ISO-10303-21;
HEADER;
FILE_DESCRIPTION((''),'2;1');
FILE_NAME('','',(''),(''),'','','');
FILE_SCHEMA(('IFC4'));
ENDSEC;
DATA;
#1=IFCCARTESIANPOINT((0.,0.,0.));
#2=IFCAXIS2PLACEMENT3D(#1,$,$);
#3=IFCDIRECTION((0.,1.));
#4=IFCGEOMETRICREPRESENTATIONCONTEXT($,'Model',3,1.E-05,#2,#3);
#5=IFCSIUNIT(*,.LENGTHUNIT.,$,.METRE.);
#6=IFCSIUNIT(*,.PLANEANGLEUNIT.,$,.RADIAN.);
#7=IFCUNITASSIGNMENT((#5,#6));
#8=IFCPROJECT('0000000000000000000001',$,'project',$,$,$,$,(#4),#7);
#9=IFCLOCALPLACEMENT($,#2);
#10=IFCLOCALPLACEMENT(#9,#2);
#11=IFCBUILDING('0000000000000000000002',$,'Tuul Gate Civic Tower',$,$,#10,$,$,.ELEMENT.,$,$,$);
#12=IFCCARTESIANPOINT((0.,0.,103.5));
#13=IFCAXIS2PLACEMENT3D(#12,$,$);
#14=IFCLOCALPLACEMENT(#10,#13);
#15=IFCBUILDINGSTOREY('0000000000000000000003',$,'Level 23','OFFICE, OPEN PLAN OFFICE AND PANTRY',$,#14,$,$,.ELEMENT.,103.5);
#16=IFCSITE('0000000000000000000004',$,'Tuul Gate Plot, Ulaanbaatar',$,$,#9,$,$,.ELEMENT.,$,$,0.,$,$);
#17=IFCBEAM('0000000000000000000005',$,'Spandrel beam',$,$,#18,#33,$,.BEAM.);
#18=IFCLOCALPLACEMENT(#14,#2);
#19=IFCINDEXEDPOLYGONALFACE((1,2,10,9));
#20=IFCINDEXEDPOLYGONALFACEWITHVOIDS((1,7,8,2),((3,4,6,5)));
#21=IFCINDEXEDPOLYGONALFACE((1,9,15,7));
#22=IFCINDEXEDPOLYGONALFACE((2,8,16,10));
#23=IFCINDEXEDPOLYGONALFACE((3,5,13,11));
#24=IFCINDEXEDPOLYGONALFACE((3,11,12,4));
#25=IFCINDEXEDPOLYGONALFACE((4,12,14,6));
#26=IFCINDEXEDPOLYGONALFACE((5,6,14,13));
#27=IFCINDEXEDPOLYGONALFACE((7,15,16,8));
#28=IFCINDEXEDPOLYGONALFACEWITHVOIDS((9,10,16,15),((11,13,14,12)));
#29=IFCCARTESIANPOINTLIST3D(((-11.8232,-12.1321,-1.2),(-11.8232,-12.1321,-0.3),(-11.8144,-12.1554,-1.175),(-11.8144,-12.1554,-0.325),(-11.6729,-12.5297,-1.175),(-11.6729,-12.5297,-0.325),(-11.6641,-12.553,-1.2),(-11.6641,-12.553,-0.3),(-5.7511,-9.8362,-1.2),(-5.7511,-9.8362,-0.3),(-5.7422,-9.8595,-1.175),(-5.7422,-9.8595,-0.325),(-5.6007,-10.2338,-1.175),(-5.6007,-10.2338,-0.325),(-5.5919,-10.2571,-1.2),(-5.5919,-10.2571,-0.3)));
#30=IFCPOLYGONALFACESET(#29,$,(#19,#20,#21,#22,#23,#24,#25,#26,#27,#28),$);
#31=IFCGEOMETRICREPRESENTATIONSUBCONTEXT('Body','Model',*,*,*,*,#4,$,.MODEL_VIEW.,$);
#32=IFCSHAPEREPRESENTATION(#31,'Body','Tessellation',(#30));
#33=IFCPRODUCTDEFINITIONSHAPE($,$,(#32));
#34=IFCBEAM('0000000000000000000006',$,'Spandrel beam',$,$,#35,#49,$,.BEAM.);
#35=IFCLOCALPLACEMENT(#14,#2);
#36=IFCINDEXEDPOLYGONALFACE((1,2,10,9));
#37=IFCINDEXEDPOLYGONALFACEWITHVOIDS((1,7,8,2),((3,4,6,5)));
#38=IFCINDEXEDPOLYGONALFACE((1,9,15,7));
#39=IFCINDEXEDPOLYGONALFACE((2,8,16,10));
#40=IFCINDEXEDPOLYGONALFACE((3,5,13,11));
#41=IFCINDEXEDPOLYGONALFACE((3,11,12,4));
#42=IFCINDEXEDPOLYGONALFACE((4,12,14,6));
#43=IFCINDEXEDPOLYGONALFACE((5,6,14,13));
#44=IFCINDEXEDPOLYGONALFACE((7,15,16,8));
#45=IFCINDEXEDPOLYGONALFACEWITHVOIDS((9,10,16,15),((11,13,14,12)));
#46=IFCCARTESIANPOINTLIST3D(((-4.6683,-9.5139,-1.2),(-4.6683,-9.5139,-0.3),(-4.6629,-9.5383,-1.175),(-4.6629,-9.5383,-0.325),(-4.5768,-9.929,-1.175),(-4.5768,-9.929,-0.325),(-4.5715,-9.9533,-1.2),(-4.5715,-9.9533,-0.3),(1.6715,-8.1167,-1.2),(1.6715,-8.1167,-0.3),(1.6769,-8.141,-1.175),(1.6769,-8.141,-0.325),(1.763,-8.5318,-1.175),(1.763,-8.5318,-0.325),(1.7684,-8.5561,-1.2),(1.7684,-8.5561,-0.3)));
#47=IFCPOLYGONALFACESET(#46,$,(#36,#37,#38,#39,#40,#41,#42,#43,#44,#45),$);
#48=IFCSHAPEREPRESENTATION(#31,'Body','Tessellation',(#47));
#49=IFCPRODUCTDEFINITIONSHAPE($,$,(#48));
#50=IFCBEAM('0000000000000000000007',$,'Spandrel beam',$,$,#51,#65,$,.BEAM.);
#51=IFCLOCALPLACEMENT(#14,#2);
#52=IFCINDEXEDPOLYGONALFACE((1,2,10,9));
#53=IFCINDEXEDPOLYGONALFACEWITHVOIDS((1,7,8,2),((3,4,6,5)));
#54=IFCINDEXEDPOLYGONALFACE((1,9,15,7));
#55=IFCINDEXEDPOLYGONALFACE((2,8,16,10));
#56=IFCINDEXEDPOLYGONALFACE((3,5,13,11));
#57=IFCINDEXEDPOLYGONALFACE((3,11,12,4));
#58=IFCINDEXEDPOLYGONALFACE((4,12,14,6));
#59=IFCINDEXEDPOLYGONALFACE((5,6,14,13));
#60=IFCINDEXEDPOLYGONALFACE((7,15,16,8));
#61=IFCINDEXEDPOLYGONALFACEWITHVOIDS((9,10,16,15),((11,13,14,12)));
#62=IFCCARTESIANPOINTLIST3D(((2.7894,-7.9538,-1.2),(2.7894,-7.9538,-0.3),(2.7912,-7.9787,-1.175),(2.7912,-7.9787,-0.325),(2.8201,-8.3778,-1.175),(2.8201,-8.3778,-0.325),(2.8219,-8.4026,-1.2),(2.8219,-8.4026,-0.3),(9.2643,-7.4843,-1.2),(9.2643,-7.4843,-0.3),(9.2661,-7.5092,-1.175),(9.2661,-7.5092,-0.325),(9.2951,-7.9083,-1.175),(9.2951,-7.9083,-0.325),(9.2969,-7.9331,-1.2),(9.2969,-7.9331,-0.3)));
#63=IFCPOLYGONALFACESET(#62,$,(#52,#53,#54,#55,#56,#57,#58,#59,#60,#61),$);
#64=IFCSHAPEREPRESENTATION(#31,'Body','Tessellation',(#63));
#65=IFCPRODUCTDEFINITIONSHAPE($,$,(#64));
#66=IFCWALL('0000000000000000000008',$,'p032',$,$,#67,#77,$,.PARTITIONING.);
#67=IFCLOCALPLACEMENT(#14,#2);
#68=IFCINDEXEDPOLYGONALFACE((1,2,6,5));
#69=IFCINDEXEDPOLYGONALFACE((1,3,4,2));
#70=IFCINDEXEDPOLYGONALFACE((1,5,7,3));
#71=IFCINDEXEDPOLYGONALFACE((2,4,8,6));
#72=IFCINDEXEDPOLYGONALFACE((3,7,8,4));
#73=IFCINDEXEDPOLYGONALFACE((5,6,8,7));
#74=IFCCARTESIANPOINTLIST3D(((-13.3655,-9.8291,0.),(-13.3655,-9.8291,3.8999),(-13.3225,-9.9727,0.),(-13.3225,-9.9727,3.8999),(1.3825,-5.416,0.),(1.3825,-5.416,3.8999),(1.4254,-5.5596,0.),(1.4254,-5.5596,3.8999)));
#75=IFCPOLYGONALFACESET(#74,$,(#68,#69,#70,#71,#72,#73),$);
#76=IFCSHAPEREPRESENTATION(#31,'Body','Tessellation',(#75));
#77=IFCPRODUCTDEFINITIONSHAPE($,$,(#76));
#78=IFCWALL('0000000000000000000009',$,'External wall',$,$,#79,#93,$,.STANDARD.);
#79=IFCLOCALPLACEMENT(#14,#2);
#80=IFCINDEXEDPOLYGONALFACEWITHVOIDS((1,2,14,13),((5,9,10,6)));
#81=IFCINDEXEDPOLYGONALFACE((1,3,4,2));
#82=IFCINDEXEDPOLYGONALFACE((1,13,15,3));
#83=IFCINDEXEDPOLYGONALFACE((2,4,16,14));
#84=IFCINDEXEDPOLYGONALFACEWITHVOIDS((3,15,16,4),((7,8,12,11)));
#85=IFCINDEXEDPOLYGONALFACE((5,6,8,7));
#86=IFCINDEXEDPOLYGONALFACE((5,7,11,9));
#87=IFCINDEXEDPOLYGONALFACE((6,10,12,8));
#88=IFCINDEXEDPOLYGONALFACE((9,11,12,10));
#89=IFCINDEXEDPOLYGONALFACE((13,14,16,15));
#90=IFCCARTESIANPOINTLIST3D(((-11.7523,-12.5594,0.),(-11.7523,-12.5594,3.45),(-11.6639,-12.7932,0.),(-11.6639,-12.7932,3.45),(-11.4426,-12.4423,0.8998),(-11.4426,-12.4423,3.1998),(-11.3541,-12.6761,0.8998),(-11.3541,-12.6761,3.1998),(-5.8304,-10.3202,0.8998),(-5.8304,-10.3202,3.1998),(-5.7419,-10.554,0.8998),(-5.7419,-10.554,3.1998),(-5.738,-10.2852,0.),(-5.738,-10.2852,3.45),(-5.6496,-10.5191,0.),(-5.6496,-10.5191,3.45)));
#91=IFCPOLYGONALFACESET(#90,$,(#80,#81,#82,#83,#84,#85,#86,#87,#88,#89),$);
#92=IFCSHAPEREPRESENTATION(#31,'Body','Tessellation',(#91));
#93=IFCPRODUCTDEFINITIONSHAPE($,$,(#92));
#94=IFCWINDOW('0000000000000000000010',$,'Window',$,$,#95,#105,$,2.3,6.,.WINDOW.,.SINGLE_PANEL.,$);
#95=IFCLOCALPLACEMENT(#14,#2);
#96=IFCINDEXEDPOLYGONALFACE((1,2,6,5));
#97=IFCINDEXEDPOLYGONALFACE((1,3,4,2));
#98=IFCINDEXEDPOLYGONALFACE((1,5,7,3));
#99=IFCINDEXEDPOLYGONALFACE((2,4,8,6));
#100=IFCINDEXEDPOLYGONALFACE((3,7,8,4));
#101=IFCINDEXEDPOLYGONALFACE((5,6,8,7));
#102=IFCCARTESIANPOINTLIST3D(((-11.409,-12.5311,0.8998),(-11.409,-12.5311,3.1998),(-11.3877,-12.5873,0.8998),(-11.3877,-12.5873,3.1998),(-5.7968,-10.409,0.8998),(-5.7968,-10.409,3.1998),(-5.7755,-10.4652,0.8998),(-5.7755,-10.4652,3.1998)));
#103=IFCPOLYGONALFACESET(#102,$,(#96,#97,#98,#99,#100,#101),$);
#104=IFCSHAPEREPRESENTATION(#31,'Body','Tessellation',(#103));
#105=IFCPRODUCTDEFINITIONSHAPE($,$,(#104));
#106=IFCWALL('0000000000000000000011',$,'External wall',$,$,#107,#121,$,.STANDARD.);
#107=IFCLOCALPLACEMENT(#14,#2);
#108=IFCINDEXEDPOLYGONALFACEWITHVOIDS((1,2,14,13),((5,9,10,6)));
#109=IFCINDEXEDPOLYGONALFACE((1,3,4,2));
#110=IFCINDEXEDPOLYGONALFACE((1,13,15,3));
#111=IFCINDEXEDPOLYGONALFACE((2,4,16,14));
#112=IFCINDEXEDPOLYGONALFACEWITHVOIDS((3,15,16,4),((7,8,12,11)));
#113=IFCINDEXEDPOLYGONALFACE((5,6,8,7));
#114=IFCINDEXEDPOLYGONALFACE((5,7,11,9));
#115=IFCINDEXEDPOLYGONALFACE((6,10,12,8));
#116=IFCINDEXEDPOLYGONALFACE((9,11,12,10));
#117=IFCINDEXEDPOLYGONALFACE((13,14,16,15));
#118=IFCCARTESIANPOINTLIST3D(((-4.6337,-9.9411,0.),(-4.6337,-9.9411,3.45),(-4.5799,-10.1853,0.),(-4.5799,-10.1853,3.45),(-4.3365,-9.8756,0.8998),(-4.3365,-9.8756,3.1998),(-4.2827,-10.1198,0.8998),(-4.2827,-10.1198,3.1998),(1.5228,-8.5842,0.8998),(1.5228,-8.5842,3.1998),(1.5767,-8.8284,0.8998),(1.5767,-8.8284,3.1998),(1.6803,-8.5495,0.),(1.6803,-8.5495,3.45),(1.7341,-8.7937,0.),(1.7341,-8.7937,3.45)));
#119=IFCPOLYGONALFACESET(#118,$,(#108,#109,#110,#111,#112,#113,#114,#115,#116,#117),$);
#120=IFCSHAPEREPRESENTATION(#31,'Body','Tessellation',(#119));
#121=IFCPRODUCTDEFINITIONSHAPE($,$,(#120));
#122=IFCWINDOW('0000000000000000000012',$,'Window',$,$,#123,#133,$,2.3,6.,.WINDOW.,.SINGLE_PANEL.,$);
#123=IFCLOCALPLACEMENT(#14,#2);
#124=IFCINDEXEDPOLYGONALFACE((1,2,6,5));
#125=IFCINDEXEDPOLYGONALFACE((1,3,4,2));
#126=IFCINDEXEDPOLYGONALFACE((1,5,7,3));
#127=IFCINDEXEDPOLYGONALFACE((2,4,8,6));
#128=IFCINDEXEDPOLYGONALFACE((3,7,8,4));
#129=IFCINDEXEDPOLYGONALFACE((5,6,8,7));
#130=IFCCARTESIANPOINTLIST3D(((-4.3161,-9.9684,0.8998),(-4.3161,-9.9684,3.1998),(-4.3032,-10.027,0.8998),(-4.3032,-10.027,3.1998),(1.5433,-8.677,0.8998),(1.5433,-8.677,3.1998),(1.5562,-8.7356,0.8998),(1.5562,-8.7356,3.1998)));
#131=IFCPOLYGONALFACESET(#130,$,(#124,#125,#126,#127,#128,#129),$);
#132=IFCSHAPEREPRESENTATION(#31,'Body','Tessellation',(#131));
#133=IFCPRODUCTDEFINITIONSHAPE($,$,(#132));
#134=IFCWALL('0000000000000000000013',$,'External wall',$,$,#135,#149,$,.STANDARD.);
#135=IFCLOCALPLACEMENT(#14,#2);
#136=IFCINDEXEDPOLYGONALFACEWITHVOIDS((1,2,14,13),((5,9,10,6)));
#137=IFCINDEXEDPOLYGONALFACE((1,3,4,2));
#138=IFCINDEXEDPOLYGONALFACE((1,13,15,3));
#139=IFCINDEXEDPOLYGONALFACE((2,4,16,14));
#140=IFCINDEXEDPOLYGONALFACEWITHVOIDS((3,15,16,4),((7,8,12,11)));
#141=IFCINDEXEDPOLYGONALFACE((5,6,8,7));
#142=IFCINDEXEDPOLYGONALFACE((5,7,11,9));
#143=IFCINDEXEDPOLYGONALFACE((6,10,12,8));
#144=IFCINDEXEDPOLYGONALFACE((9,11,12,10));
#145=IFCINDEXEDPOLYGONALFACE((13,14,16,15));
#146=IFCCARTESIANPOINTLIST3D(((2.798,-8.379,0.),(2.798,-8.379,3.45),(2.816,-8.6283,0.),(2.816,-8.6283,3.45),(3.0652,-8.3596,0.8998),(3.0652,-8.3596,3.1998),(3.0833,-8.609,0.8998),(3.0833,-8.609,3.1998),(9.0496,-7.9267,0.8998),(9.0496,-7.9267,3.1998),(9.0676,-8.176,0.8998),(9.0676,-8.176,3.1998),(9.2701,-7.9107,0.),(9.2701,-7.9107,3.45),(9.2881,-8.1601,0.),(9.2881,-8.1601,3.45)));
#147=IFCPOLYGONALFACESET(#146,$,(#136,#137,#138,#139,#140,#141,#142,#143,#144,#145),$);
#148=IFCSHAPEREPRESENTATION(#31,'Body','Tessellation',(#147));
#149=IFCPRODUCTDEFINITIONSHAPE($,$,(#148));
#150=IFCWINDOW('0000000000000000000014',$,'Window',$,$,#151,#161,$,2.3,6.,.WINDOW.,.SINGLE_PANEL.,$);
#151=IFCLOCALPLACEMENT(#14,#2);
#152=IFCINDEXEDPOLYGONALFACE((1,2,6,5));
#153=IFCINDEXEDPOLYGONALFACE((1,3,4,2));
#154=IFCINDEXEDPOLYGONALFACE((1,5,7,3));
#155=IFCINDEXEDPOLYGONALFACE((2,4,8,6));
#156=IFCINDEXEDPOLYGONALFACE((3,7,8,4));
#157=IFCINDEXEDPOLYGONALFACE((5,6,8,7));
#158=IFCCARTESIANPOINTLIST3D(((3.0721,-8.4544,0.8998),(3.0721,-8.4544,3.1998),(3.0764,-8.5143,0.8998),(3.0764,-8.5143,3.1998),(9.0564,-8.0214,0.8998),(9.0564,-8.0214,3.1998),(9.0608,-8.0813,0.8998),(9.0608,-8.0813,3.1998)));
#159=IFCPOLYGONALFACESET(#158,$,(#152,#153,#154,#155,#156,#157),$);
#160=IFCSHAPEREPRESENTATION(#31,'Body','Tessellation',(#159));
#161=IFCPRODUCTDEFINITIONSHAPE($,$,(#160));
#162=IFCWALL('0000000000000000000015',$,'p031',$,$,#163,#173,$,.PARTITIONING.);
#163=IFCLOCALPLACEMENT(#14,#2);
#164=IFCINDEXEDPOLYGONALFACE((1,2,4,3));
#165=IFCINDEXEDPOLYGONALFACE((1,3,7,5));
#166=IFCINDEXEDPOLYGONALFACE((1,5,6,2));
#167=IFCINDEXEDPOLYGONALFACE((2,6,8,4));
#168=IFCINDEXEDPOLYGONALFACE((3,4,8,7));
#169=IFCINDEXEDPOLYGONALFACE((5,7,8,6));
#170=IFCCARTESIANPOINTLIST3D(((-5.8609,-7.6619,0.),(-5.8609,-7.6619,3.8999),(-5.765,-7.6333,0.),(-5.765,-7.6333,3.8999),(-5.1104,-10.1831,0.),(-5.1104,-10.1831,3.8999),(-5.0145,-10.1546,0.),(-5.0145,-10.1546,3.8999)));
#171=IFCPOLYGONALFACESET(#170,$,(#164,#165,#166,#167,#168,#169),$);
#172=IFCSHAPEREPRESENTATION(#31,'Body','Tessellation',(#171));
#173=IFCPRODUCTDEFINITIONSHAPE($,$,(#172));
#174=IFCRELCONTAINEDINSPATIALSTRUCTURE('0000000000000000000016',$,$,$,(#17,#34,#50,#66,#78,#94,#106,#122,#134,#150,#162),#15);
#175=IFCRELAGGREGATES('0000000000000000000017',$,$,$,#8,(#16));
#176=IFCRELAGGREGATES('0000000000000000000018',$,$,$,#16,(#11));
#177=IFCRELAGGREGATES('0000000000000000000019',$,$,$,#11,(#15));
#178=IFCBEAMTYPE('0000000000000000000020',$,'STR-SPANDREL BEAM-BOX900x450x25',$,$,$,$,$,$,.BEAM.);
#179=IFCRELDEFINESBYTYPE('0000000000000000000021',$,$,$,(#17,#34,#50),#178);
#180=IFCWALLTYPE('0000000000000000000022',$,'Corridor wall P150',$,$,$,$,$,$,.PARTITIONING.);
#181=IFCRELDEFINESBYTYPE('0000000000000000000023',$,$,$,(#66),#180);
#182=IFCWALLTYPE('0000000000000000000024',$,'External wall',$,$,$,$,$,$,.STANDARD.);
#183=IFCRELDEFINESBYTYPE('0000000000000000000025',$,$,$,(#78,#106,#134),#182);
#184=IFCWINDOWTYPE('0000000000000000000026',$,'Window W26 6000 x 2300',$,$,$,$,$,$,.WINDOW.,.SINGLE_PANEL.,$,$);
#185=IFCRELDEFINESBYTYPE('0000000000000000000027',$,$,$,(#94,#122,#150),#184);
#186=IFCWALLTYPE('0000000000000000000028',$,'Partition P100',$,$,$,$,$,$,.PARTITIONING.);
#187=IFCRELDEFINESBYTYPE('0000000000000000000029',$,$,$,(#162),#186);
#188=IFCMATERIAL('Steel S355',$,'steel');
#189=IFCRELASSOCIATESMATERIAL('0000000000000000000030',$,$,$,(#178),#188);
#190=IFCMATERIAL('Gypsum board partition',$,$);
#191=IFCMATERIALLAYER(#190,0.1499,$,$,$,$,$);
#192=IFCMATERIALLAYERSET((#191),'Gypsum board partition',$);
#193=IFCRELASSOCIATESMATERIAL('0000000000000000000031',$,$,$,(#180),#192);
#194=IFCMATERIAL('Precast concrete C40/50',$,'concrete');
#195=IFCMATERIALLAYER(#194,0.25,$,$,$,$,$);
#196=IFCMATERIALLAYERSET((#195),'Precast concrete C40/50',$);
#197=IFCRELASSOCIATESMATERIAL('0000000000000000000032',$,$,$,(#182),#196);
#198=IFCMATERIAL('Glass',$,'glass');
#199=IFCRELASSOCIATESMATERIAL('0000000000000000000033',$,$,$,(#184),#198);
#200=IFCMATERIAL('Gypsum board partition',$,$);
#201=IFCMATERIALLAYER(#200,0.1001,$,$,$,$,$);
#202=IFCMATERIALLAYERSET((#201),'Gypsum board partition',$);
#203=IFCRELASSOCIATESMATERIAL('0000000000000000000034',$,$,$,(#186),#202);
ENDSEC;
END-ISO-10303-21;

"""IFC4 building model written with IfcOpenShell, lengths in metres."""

from ifc_helpers import new_model, si_unit, direction, frame, frame_2d, origin, origin_2d, place, context, subcontext, project, spatial, rectangle, hollow_rectangle, extrude, material, layer, layer_set, material_profile, profile_set, type_object, element, fill, save


model = new_model("IFC4")

# Units and contexts
model_context = context("Model", 3, precision=1e-05, world=origin(), true_north=direction((0.0, 1.0)))
body_context = subcontext(model_context, "Body", "Model", "MODEL_VIEW")
ifc_project = project(units=[si_unit("LENGTHUNIT", "METRE"), si_unit("PLANEANGLEUNIT", "RADIAN")], contexts=[model_context])

# Site, building, storey
site_placement = place(None, origin())
site = spatial("IfcSite", under=ifc_project, at=site_placement, Name="Tuul Gate Plot, Ulaanbaatar", CompositionType="ELEMENT", RefElevation=0.0)
building_placement = place(site_placement, origin())
building = spatial("IfcBuilding", under=site, at=building_placement, Name="Tuul Gate Civic Tower", CompositionType="ELEMENT")
storey_placement = place(building_placement, frame((0.0, 0.0, 103.5)))
storey = spatial("IfcBuildingStorey", under=building, at=storey_placement, Name="Level 23", Description="OFFICE, OPEN PLAN OFFICE AND PANTRY", CompositionType="ELEMENT", Elevation=103.5)

# Beams
ifc_material_1 = material(Name="Steel S355", Category="steel")
ifc_material_profile_1 = material_profile(ifc_material_1, hollow_rectangle(XDim=0.45, YDim=0.8999, WallThickness=0.0249, at=origin_2d()), Name="BOX900x450x25")
ifc_profile_set_1 = profile_set([ifc_material_profile_1], Name="Steel S355")
beam_type_1 = type_object("IfcBeamType", Name="STR-SPANDREL BEAM-BOX900x450x25", PredefinedType="BEAM", material=ifc_profile_set_1)
beam_1_placement = place(storey_placement, frame((-11.7437, -12.3425, -0.75), z_axis=(0.935374, 0.353661, 0.0), x_axis=(-0.353661, 0.935374, 0.0)))
element("IfcBeam", 1, at=beam_1_placement, inside=storey, type_object=beam_type_1, Name="Spandrel beam", PredefinedType="BEAM", context=body_context, shape_type="SweptSolid", body=[
    extrude(hollow_rectangle(XDim=0.45, YDim=0.8999, WallThickness=0.0249, at=origin_2d()), origin(), (0.0, 0.0, 1.0), 6.4917),
])
for number, where, z_axis, x_axis, name in (
    (2, (-4.6199, -9.7336, -0.75), (0.976565, 0.215222, 0.0), (-0.215222, 0.976565, 0.0), "Spandrel beam"),
    (3, (2.8057, -8.1782, -0.75), (0.997382, 0.072319, 0.0), (-0.072319, 0.997382, 0.0), "Spandrel beam"),
):
    element("IfcBeam", number, at=place(storey_placement, frame(where, z_axis=z_axis, x_axis=x_axis)), inside=storey, type_object=beam_type_1, Name=name, PredefinedType="BEAM", context=body_context, shape_type="SweptSolid", body=[
        extrude(hollow_rectangle(XDim=0.45, YDim=0.8999, WallThickness=0.0249, at=origin_2d()), origin(), (0.0, 0.0, 1.0), 6.4919),
    ])

# Wall
ifc_material_2 = material(Name="Gypsum board partition")
ifc_layer_1 = layer(ifc_material_2, 0.1499)
ifc_layer_set_1 = layer_set([ifc_layer_1], Name="Gypsum board partition")
wall_type_1 = type_object("IfcWallType", Name="Corridor wall P150", PredefinedType="PARTITIONING", material=ifc_layer_set_1)
wall_1_placement = place(storey_placement, frame((-13.344, -9.9009, 0.0), z_axis=(0.0, 0.0, 1.0), x_axis=(0.958029, 0.286673, 0.0)))
element("IfcWall", 4, at=wall_1_placement, inside=storey, type_object=wall_type_1, Name="p032", PredefinedType="PARTITIONING", context=body_context, shape_type="SweptSolid", body=[
    extrude(rectangle(XDim=15.394, YDim=0.1499, at=frame_2d((7.697, 0.0))), origin(), (0.0, 0.0, 1.0), 3.8999),
])

# Walls, openings, windows
ifc_material_3 = material(Name="Precast concrete C40/50", Category="concrete")
ifc_layer_2 = layer(ifc_material_3, 0.25)
ifc_layer_set_2 = layer_set([ifc_layer_2], Name="Precast concrete C40/50")
wall_type_2 = type_object("IfcWallType", Name="External wall", PredefinedType="STANDARD", material=ifc_layer_set_2)
wall_2_placement = place(storey_placement, frame((-11.708, -12.6763, 0.0), z_axis=(0.0, 0.0, 1.0), x_axis=(0.935366, 0.353681, 0.0)))
wall_2 = element("IfcWall", 5, at=wall_2_placement, inside=storey, type_object=wall_type_2, Name="External wall", PredefinedType="STANDARD", context=body_context, shape_type="SweptSolid", body=[
    extrude(rectangle(XDim=6.4299, YDim=0.25, at=frame_2d((3.2148, 0.0))), origin(), (0.0, 0.0, 1.0), 3.45),
])
opening_1_placement = place(wall_2_placement, frame((0.3311, 0.0, 0.8999)))
opening_1 = element("IfcOpeningElement", 6, at=opening_1_placement, cuts=wall_2, PredefinedType="OPENING", context=body_context, shape_type="SweptSolid", body=[
    extrude(rectangle(XDim=6.0, YDim=2.3, at=frame_2d((3.0, 1.1499))), frame((0.0, 0.135, 0.0), z_axis=(0.0, -1.0, 0.0), x_axis=(1.0, 0.0, 0.0)), (0.0, 0.0, 1.0), 0.27),
])
ifc_material_4 = material(Name="Glass", Category="glass")
window_type = type_object("IfcWindowType", Name="Window W26 6000 x 2300", PartitioningType="SINGLE_PANEL", PredefinedType="WINDOW", material=ifc_material_4)
window_1_placement = place(opening_1_placement, origin())
window_1 = element("IfcWindow", 7, at=window_1_placement, inside=storey, type_object=window_type, Name="Window", OverallHeight=2.3, OverallWidth=6.0, PartitioningType="SINGLE_PANEL", PredefinedType="WINDOW", context=body_context, shape_type="SweptSolid", body=[
    extrude(rectangle(XDim=6.0, YDim=2.3, at=frame_2d((3.0, 1.1499))), frame((0.0, 0.03, 0.0), z_axis=(0.0, -1.0, 0.0), x_axis=(1.0, 0.0, 0.0)), (0.0, 0.0, 1.0), 0.0601),
])
fill(opening_1, window_1)
wall_3_placement = place(storey_placement, frame((-4.6069, -10.0632, 0.0), z_axis=(0.0, 0.0, 1.0), x_axis=(0.976562, 0.215235, 0.0)))
wall_3 = element("IfcWall", 8, at=wall_3_placement, inside=storey, type_object=wall_type_2, Name="External wall", PredefinedType="STANDARD", context=body_context, shape_type="SweptSolid", body=[
    extrude(rectangle(XDim=6.4656, YDim=0.25, at=frame_2d((3.2329, 0.0))), origin(), (0.0, 0.0, 1.0), 3.45),
])
opening_2_placement = place(wall_3_placement, frame((0.3044, 0.0, 0.8999)))
opening_2 = element("IfcOpeningElement", 9, at=opening_2_placement, cuts=wall_3, PredefinedType="OPENING", context=body_context, shape_type="SweptSolid", body=[
    extrude(rectangle(XDim=6.0, YDim=2.3, at=frame_2d((3.0, 1.1499))), frame((0.0, 0.135, 0.0), z_axis=(0.0, -1.0, 0.0), x_axis=(1.0, 0.0, 0.0)), (0.0, 0.0, 1.0), 0.27),
])
window_2_placement = place(opening_2_placement, origin())
window_2 = element("IfcWindow", 10, at=window_2_placement, inside=storey, type_object=window_type, Name="Window", OverallHeight=2.3, OverallWidth=6.0, PartitioningType="SINGLE_PANEL", PredefinedType="WINDOW", context=body_context, shape_type="SweptSolid", body=[
    extrude(rectangle(XDim=6.0, YDim=2.3, at=frame_2d((3.0, 1.1499))), frame((0.0, 0.03, 0.0), z_axis=(0.0, -1.0, 0.0), x_axis=(1.0, 0.0, 0.0)), (0.0, 0.0, 1.0), 0.0601),
])
fill(opening_2, window_2)
wall_4_placement = place(storey_placement, frame((2.8069, -8.5037, 0.0), z_axis=(0.0, 0.0, 1.0), x_axis=(0.997393, 0.072161, 0.0)))
wall_4 = element("IfcWall", 11, at=wall_4_placement, inside=storey, type_object=wall_type_2, Name="External wall", PredefinedType="STANDARD", context=body_context, shape_type="SweptSolid", body=[
    extrude(rectangle(XDim=6.489, YDim=0.25, at=frame_2d((3.2446, 0.0))), origin(), (0.0, 0.0, 1.0), 3.45),
])
opening_3_placement = place(wall_4_placement, frame((0.2681, 0.0, 0.8999)))
opening_3 = element("IfcOpeningElement", 12, at=opening_3_placement, cuts=wall_4, PredefinedType="OPENING", context=body_context, shape_type="SweptSolid", body=[
    extrude(rectangle(XDim=6.0, YDim=2.3, at=frame_2d((3.0, 1.1499))), frame((0.0, 0.135, 0.0), z_axis=(0.0, -1.0, 0.0), x_axis=(1.0, 0.0, 0.0)), (0.0, 0.0, 1.0), 0.27),
])
window_3_placement = place(opening_3_placement, origin())
window_3 = element("IfcWindow", 13, at=window_3_placement, inside=storey, type_object=window_type, Name="Window", OverallHeight=2.3, OverallWidth=6.0, PartitioningType="SINGLE_PANEL", PredefinedType="WINDOW", context=body_context, shape_type="SweptSolid", body=[
    extrude(rectangle(XDim=6.0, YDim=2.3, at=frame_2d((3.0, 1.1499))), frame((0.0, 0.03, 0.0), z_axis=(0.0, -1.0, 0.0), x_axis=(1.0, 0.0, 0.0)), (0.0, 0.0, 1.0), 0.0601),
])
fill(opening_3, window_3)

# Wall
ifc_material_5 = material(Name="Gypsum board partition")
ifc_layer_3 = layer(ifc_material_5, 0.1001)
ifc_layer_set_3 = layer_set([ifc_layer_3], Name="Gypsum board partition")
wall_type_3 = type_object("IfcWallType", Name="Partition P100", PredefinedType="PARTITIONING", material=ifc_layer_set_3)
wall_5_placement = place(storey_placement, frame((-5.813, -7.6475, 0.0), z_axis=(0.0, 0.0, 1.0), x_axis=(0.285295, -0.95844, 0.0)))
element("IfcWall", 14, at=wall_5_placement, inside=storey, type_object=wall_type_3, Name="p031", PredefinedType="PARTITIONING", context=body_context, shape_type="SweptSolid", body=[
    extrude(rectangle(XDim=2.6306, YDim=0.1001, at=frame_2d((1.3154, 0.0))), origin(), (0.0, 0.0, 1.0), 3.8999),
])

save(model, "model.ifc")
